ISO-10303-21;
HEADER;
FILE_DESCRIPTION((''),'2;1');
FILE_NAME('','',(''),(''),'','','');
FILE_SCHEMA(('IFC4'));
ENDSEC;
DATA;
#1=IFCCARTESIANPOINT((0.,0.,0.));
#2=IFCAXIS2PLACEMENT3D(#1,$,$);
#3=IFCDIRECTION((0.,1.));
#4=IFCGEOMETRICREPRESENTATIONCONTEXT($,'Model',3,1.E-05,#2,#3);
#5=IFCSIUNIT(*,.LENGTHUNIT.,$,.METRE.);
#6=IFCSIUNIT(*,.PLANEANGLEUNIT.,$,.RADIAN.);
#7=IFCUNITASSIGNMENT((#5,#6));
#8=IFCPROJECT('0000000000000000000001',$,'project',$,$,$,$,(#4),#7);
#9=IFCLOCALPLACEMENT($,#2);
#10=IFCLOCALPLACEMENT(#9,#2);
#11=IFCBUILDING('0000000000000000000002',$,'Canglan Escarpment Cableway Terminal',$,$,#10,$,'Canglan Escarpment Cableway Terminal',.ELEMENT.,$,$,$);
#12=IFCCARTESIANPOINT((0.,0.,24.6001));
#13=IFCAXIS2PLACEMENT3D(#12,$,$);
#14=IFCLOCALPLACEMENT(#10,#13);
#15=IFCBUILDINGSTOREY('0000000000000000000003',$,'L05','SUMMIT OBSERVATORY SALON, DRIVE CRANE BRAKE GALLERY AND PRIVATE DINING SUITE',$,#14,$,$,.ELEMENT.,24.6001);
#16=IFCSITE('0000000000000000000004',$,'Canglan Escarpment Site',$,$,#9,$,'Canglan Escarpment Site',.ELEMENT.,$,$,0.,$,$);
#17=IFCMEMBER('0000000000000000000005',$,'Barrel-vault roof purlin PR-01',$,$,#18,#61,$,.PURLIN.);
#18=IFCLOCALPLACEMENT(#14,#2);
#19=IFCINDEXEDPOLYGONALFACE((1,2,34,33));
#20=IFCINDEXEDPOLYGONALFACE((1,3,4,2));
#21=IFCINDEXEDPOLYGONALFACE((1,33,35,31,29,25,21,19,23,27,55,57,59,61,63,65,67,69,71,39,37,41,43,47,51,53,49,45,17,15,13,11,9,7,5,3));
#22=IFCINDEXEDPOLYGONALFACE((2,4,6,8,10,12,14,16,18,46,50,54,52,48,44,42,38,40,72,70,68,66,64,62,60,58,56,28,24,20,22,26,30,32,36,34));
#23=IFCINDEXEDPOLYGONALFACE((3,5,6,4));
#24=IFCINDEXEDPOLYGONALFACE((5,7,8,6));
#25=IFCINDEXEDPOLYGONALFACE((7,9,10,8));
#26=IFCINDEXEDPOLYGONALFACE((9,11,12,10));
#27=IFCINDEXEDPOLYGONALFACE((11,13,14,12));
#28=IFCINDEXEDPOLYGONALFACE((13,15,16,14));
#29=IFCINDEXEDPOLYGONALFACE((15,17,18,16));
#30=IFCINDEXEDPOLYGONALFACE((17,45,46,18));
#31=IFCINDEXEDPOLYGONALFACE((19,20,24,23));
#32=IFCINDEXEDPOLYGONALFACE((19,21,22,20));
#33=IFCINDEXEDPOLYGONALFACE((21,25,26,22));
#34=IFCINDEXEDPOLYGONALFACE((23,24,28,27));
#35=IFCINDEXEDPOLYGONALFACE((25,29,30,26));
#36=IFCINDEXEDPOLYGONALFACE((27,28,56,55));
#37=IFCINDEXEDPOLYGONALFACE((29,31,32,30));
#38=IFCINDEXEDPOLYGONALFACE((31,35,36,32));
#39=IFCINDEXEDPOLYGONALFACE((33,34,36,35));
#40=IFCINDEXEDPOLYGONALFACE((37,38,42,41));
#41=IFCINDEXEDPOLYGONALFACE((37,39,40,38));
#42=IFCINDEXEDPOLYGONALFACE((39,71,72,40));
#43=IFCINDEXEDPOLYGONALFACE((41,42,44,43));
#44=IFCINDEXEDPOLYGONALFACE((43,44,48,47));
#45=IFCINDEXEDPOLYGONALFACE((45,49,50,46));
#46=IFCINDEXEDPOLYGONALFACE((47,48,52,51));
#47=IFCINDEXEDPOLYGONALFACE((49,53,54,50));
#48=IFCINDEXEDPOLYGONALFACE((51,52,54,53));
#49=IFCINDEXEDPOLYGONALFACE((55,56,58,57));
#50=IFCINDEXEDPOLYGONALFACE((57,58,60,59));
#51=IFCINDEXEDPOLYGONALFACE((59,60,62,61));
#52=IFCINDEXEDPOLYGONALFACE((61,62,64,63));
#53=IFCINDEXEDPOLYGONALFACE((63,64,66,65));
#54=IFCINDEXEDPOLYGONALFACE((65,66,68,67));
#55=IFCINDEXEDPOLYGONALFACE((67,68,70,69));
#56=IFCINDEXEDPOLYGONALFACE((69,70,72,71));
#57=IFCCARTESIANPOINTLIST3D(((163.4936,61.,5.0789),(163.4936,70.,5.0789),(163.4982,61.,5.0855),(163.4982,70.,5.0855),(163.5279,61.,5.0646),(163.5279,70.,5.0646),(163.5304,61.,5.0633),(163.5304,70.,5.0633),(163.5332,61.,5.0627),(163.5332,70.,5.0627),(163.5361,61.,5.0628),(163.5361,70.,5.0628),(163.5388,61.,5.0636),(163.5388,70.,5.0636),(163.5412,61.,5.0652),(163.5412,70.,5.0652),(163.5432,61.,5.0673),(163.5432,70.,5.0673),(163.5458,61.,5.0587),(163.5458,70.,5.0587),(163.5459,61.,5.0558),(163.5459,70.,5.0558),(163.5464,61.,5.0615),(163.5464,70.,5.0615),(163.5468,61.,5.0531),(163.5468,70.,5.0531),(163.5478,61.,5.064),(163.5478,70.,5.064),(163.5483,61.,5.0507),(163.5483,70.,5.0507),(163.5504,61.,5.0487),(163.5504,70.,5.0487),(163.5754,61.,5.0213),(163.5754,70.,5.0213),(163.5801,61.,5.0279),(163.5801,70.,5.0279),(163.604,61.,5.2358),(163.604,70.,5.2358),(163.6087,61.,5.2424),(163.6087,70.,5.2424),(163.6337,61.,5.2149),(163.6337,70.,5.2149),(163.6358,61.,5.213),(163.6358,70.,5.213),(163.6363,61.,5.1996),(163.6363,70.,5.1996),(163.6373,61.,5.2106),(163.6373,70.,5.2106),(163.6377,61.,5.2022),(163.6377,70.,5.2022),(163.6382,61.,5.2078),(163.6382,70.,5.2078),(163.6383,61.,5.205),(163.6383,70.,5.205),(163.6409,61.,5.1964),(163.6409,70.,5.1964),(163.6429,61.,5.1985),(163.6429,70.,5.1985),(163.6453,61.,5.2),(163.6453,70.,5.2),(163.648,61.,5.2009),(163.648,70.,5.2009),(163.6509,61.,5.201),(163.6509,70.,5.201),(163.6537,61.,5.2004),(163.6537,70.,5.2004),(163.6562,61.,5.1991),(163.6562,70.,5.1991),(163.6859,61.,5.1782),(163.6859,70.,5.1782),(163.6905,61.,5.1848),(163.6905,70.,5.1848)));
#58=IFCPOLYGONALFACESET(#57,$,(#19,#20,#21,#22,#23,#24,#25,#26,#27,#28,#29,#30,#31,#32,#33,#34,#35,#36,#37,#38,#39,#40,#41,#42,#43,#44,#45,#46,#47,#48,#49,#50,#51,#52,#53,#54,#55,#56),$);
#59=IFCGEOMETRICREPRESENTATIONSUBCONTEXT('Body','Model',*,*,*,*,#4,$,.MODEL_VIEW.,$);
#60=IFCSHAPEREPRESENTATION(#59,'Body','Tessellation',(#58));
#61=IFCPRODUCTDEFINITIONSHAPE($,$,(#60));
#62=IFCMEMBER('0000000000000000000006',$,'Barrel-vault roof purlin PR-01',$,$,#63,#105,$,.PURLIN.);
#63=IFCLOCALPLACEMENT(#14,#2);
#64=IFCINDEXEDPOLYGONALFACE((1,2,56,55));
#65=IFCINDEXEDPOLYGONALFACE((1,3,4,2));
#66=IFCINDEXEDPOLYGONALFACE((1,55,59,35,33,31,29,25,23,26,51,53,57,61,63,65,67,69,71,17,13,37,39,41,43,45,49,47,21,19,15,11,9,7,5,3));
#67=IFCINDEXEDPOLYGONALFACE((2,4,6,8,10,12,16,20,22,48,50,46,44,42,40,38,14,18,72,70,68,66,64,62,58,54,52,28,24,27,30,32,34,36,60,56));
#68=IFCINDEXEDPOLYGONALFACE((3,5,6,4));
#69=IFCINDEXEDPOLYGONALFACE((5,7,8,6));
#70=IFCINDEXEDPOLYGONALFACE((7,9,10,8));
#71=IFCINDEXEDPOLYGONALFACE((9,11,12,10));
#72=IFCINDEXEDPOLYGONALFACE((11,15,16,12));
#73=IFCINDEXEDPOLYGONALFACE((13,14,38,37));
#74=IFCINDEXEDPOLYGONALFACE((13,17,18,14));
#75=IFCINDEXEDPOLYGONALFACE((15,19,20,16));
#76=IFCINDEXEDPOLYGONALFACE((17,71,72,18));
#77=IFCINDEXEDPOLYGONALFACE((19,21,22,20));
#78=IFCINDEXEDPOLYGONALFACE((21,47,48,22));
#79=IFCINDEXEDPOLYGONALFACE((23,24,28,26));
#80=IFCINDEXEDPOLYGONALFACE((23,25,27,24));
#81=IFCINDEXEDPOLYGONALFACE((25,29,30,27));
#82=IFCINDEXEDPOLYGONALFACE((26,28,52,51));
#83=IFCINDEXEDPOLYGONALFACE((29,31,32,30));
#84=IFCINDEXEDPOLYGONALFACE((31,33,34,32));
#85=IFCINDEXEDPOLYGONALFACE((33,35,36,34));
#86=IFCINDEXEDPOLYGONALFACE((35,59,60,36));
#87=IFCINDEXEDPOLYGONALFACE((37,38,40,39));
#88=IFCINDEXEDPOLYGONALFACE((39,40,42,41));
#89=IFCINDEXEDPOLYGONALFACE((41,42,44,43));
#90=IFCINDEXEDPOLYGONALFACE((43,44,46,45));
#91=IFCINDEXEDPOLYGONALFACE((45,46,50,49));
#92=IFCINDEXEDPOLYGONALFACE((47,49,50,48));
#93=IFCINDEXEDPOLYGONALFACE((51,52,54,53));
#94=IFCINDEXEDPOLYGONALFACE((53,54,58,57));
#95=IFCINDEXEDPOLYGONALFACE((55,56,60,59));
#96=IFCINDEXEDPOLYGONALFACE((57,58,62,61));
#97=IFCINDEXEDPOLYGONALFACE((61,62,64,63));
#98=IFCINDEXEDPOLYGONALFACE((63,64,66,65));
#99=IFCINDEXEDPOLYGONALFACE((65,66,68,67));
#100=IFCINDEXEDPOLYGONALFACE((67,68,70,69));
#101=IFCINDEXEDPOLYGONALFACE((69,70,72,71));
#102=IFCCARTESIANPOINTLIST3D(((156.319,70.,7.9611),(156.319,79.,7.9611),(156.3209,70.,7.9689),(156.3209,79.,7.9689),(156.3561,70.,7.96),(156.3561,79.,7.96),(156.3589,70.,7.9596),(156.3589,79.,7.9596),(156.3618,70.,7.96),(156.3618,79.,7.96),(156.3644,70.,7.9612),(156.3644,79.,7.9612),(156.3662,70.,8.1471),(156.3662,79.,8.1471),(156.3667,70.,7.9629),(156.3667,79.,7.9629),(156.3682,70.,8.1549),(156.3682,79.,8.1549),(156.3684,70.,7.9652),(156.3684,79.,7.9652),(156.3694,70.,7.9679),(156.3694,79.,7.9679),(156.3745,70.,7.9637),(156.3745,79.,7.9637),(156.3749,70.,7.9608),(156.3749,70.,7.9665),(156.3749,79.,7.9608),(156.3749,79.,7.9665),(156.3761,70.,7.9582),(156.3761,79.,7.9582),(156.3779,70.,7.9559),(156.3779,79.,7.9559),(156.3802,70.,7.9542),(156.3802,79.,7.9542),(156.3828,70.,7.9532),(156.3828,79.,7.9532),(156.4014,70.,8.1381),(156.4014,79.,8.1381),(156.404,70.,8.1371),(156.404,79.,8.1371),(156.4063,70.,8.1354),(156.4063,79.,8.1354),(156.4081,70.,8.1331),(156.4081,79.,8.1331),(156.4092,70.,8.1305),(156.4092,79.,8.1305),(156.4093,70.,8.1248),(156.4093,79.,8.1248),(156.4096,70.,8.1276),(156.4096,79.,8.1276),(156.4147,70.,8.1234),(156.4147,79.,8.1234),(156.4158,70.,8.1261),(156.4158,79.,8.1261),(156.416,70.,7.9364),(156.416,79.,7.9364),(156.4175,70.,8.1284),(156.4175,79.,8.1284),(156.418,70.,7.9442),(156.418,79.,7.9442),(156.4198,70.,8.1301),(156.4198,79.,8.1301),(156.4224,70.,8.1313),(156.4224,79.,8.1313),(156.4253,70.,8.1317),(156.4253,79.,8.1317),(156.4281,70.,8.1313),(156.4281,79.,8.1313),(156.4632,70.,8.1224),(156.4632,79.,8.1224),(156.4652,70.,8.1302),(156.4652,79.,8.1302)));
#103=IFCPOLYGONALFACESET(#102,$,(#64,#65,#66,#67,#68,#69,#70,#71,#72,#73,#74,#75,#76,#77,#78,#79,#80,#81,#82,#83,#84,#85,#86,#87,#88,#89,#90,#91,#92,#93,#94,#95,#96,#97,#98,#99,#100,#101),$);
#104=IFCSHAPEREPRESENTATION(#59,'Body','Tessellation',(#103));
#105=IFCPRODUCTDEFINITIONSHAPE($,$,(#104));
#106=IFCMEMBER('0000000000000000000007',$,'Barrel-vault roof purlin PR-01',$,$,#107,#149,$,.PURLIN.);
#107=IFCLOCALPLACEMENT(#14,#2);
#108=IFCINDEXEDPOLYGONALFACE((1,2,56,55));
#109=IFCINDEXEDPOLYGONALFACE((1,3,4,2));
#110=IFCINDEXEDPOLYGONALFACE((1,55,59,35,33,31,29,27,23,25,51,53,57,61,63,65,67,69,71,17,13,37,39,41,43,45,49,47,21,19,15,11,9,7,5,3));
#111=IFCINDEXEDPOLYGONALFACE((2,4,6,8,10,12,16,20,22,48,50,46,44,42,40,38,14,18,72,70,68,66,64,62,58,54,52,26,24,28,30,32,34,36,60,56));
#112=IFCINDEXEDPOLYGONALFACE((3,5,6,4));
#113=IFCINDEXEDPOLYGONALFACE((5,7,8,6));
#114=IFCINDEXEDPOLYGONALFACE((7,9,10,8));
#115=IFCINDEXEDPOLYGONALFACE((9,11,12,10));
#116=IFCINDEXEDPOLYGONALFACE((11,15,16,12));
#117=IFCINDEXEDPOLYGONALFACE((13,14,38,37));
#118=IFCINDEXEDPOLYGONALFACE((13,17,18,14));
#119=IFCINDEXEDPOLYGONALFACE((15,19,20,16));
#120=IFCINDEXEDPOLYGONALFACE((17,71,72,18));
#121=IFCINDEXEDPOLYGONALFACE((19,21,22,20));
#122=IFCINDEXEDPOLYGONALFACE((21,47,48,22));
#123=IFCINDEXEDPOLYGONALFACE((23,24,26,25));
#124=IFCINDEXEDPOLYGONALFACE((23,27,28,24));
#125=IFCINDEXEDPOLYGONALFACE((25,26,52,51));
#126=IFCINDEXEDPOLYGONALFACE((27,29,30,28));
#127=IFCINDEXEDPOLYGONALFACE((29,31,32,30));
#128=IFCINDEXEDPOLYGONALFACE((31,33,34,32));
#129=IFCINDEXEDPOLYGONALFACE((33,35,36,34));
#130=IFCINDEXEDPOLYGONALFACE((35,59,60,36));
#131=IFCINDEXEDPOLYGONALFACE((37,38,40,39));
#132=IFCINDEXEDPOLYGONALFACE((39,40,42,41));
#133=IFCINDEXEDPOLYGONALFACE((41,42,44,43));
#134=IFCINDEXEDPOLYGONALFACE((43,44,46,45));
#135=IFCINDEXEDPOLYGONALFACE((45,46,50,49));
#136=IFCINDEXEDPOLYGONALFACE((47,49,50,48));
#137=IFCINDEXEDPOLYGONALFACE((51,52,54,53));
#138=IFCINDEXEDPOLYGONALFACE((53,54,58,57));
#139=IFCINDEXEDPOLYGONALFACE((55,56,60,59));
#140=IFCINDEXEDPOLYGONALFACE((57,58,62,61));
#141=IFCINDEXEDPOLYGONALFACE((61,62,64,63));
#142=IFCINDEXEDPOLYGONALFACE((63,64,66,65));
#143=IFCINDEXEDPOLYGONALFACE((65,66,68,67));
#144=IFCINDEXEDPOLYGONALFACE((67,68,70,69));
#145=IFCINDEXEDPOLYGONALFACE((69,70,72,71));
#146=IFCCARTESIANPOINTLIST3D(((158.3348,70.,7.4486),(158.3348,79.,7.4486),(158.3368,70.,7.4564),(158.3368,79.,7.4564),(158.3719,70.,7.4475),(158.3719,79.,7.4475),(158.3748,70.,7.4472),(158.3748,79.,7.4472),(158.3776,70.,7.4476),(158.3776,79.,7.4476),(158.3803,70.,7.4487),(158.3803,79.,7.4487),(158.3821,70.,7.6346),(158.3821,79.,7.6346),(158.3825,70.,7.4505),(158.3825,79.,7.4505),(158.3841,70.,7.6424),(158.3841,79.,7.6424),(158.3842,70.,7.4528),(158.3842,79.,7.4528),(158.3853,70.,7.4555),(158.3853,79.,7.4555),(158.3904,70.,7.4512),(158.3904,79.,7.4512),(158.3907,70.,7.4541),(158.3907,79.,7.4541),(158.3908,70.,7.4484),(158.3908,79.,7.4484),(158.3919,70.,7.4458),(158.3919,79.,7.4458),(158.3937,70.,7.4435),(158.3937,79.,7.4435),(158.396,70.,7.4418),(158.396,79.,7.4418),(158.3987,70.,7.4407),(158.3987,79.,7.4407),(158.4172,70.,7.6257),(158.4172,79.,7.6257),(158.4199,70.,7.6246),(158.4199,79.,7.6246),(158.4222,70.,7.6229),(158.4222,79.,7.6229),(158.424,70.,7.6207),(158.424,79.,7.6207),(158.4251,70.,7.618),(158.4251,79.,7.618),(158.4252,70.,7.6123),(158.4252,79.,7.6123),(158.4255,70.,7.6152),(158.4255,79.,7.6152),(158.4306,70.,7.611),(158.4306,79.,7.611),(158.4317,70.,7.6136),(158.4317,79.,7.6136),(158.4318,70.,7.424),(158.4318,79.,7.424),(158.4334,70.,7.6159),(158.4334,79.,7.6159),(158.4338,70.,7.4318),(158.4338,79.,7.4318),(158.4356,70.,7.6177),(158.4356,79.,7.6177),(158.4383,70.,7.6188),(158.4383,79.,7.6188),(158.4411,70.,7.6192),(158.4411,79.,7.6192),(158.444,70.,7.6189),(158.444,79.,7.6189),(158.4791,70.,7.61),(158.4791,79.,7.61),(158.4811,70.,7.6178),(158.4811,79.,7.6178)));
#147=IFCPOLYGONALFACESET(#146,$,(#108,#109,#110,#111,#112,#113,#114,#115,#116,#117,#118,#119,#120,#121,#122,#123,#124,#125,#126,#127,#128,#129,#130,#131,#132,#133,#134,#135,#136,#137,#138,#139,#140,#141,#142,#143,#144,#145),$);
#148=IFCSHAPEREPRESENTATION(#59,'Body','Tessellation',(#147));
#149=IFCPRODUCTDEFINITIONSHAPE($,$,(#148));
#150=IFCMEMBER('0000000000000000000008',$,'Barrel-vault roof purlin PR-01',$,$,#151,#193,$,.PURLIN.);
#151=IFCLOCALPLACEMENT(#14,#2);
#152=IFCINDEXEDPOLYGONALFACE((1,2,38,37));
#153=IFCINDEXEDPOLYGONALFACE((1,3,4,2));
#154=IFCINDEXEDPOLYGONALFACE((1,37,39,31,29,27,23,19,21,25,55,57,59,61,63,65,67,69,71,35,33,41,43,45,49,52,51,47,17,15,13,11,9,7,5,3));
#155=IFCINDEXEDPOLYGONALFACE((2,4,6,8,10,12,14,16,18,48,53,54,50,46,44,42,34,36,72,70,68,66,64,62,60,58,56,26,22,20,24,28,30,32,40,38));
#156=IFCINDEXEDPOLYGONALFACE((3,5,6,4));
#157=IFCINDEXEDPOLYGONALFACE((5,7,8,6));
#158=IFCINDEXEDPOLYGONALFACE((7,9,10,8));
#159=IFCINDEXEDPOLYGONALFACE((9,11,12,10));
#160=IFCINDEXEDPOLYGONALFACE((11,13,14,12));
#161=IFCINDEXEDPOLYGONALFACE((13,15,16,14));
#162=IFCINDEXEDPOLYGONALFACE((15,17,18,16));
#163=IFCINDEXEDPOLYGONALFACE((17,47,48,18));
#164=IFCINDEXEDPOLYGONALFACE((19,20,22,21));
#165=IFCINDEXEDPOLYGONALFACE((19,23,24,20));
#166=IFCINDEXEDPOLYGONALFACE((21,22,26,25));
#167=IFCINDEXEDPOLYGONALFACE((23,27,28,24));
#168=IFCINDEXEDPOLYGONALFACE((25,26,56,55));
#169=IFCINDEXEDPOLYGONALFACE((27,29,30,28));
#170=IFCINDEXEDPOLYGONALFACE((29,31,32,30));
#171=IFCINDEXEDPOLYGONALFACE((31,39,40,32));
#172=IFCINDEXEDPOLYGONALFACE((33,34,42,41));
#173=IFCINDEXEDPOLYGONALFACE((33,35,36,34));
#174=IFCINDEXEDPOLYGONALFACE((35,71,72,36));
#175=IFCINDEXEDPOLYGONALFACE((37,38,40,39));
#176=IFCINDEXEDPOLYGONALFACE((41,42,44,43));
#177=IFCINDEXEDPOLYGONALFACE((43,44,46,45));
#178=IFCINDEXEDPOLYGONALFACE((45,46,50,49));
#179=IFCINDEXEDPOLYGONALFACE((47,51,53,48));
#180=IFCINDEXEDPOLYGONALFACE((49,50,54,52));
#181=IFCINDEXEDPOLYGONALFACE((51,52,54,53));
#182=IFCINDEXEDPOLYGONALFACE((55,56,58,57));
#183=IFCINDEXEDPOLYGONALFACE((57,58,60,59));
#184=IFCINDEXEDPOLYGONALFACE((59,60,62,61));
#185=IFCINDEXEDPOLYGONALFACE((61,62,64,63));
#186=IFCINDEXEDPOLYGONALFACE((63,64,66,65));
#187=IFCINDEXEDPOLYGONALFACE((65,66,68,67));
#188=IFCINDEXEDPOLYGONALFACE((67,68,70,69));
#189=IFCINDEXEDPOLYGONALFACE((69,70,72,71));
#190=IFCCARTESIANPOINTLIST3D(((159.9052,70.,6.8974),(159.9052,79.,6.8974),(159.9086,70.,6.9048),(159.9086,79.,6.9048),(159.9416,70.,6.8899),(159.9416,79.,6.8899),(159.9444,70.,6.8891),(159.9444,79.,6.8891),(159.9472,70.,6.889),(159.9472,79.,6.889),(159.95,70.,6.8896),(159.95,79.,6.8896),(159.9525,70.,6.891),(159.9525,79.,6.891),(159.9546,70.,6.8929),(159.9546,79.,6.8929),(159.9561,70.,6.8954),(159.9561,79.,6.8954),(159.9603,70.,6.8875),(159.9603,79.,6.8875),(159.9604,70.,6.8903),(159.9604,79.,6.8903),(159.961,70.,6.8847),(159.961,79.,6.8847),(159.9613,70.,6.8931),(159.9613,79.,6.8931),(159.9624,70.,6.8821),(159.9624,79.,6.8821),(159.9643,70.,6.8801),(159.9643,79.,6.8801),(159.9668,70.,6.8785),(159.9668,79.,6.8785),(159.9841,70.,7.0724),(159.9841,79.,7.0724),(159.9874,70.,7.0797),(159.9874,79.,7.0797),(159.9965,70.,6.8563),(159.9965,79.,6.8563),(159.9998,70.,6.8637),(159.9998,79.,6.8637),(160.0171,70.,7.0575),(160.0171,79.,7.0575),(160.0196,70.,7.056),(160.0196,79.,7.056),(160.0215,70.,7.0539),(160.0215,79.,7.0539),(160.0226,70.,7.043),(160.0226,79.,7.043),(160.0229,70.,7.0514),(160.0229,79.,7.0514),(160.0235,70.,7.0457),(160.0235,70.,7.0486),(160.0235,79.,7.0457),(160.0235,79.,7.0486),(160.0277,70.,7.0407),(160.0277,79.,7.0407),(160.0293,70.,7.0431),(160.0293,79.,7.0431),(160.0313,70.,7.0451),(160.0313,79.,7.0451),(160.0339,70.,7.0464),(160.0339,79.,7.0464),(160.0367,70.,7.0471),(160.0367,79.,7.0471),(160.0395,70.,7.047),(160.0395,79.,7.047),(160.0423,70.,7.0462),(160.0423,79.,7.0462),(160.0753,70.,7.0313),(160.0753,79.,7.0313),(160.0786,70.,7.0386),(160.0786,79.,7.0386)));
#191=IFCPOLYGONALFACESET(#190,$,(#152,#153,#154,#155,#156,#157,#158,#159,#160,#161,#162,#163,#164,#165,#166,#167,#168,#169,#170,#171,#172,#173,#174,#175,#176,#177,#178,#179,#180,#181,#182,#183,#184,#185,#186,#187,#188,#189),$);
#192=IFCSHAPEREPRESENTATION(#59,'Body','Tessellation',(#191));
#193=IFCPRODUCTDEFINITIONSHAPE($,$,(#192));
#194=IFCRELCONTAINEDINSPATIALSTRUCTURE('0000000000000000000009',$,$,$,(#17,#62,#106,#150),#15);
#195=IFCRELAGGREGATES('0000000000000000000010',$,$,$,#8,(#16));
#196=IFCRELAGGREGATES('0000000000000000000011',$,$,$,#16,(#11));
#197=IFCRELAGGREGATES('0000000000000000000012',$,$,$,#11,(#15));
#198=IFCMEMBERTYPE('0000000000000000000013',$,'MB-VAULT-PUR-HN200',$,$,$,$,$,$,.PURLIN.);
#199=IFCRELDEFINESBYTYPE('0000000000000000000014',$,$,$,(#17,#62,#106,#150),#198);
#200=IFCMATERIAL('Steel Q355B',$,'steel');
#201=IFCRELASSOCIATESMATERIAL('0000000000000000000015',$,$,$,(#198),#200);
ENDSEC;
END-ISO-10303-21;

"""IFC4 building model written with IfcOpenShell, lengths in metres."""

from ifc_helpers import new_model, si_unit, direction, frame, origin, origin_2d, place, context, subcontext, project, spatial, i_section, extrude, material, material_profile, profile_set, type_object, element, save


model = new_model("IFC4")

# Units and contexts
model_context = context("Model", 3, precision=1e-05, world=origin(), true_north=direction((0.0, 1.0)))
body_context = subcontext(model_context, "Body", "Model", "MODEL_VIEW")
ifc_project = project(units=[si_unit("LENGTHUNIT", "METRE"), si_unit("PLANEANGLEUNIT", "RADIAN")], contexts=[model_context])

# Site, building, storey
site_placement = place(None, origin())
site = spatial("IfcSite", under=ifc_project, at=site_placement, Name="Canglan Escarpment Site", LongName="Canglan Escarpment Site", CompositionType="ELEMENT", RefElevation=0.0)
building_placement = place(site_placement, origin())
building = spatial("IfcBuilding", under=site, at=building_placement, Name="Canglan Escarpment Cableway Terminal", LongName="Canglan Escarpment Cableway Terminal", CompositionType="ELEMENT")
storey_placement = place(building_placement, frame((0.0, 0.0, 24.6001)))
storey = spatial("IfcBuildingStorey", under=building, at=storey_placement, Name="L05", Description="SUMMIT OBSERVATORY SALON, DRIVE CRANE BRAKE GALLERY AND PRIVATE DINING SUITE", CompositionType="ELEMENT", Elevation=24.6001)

# Shared definitions
ifc_material = material(Name="Steel Q355B", Category="steel")

# Members
ifc_material_profile_1 = material_profile(ifc_material, i_section(OverallWidth=0.1001, OverallDepth=0.2, WebThickness=0.0056, FlangeThickness=0.0081, FilletRadius=0.011, at=origin_2d()), Name="HN 200x100x5.5x8")
ifc_profile_set_1 = profile_set([ifc_material_profile_1], Name="Steel Q355B")
member_type_1 = type_object("IfcMemberType", Name="MB-VAULT-PUR-HN200", PredefinedType="PURLIN", material=ifc_profile_set_1)
for number, where, z_axis, x_axis, name in (
    (1, (163.592, 61.0, 5.1318), (0.0, 1.0, 0.0), (-0.817728, 0.0, 0.575605), "Barrel-vault roof purlin PR-01"),
    (2, (156.3921, 70.0, 8.0457), (0.0, 1.0, 0.0), (-0.969184, 0.0, 0.246339), "Barrel-vault roof purlin PR-01"),
    (3, (158.408, 70.0, 7.5332), (0.0, 1.0, 0.0), (-0.969184, 0.0, 0.246339), "Barrel-vault roof purlin PR-01"),
    (4, (159.9919, 70.0, 6.968), (0.0, 1.0, 0.0), (-0.911741, 0.0, 0.410767), "Barrel-vault roof purlin PR-01"),
):
    element("IfcMember", number, at=place(storey_placement, frame(where, z_axis=z_axis, x_axis=x_axis)), inside=storey, type_object=member_type_1, Name=name, PredefinedType="PURLIN", context=body_context, shape_type="SweptSolid", body=[
        extrude(i_section(OverallWidth=0.1001, OverallDepth=0.2, WebThickness=0.0056, FlangeThickness=0.0081, FilletRadius=0.011, at=origin_2d()), origin(), (0.0, 0.0, 1.0), 9.0),
    ])

save(model, "model.ifc")
